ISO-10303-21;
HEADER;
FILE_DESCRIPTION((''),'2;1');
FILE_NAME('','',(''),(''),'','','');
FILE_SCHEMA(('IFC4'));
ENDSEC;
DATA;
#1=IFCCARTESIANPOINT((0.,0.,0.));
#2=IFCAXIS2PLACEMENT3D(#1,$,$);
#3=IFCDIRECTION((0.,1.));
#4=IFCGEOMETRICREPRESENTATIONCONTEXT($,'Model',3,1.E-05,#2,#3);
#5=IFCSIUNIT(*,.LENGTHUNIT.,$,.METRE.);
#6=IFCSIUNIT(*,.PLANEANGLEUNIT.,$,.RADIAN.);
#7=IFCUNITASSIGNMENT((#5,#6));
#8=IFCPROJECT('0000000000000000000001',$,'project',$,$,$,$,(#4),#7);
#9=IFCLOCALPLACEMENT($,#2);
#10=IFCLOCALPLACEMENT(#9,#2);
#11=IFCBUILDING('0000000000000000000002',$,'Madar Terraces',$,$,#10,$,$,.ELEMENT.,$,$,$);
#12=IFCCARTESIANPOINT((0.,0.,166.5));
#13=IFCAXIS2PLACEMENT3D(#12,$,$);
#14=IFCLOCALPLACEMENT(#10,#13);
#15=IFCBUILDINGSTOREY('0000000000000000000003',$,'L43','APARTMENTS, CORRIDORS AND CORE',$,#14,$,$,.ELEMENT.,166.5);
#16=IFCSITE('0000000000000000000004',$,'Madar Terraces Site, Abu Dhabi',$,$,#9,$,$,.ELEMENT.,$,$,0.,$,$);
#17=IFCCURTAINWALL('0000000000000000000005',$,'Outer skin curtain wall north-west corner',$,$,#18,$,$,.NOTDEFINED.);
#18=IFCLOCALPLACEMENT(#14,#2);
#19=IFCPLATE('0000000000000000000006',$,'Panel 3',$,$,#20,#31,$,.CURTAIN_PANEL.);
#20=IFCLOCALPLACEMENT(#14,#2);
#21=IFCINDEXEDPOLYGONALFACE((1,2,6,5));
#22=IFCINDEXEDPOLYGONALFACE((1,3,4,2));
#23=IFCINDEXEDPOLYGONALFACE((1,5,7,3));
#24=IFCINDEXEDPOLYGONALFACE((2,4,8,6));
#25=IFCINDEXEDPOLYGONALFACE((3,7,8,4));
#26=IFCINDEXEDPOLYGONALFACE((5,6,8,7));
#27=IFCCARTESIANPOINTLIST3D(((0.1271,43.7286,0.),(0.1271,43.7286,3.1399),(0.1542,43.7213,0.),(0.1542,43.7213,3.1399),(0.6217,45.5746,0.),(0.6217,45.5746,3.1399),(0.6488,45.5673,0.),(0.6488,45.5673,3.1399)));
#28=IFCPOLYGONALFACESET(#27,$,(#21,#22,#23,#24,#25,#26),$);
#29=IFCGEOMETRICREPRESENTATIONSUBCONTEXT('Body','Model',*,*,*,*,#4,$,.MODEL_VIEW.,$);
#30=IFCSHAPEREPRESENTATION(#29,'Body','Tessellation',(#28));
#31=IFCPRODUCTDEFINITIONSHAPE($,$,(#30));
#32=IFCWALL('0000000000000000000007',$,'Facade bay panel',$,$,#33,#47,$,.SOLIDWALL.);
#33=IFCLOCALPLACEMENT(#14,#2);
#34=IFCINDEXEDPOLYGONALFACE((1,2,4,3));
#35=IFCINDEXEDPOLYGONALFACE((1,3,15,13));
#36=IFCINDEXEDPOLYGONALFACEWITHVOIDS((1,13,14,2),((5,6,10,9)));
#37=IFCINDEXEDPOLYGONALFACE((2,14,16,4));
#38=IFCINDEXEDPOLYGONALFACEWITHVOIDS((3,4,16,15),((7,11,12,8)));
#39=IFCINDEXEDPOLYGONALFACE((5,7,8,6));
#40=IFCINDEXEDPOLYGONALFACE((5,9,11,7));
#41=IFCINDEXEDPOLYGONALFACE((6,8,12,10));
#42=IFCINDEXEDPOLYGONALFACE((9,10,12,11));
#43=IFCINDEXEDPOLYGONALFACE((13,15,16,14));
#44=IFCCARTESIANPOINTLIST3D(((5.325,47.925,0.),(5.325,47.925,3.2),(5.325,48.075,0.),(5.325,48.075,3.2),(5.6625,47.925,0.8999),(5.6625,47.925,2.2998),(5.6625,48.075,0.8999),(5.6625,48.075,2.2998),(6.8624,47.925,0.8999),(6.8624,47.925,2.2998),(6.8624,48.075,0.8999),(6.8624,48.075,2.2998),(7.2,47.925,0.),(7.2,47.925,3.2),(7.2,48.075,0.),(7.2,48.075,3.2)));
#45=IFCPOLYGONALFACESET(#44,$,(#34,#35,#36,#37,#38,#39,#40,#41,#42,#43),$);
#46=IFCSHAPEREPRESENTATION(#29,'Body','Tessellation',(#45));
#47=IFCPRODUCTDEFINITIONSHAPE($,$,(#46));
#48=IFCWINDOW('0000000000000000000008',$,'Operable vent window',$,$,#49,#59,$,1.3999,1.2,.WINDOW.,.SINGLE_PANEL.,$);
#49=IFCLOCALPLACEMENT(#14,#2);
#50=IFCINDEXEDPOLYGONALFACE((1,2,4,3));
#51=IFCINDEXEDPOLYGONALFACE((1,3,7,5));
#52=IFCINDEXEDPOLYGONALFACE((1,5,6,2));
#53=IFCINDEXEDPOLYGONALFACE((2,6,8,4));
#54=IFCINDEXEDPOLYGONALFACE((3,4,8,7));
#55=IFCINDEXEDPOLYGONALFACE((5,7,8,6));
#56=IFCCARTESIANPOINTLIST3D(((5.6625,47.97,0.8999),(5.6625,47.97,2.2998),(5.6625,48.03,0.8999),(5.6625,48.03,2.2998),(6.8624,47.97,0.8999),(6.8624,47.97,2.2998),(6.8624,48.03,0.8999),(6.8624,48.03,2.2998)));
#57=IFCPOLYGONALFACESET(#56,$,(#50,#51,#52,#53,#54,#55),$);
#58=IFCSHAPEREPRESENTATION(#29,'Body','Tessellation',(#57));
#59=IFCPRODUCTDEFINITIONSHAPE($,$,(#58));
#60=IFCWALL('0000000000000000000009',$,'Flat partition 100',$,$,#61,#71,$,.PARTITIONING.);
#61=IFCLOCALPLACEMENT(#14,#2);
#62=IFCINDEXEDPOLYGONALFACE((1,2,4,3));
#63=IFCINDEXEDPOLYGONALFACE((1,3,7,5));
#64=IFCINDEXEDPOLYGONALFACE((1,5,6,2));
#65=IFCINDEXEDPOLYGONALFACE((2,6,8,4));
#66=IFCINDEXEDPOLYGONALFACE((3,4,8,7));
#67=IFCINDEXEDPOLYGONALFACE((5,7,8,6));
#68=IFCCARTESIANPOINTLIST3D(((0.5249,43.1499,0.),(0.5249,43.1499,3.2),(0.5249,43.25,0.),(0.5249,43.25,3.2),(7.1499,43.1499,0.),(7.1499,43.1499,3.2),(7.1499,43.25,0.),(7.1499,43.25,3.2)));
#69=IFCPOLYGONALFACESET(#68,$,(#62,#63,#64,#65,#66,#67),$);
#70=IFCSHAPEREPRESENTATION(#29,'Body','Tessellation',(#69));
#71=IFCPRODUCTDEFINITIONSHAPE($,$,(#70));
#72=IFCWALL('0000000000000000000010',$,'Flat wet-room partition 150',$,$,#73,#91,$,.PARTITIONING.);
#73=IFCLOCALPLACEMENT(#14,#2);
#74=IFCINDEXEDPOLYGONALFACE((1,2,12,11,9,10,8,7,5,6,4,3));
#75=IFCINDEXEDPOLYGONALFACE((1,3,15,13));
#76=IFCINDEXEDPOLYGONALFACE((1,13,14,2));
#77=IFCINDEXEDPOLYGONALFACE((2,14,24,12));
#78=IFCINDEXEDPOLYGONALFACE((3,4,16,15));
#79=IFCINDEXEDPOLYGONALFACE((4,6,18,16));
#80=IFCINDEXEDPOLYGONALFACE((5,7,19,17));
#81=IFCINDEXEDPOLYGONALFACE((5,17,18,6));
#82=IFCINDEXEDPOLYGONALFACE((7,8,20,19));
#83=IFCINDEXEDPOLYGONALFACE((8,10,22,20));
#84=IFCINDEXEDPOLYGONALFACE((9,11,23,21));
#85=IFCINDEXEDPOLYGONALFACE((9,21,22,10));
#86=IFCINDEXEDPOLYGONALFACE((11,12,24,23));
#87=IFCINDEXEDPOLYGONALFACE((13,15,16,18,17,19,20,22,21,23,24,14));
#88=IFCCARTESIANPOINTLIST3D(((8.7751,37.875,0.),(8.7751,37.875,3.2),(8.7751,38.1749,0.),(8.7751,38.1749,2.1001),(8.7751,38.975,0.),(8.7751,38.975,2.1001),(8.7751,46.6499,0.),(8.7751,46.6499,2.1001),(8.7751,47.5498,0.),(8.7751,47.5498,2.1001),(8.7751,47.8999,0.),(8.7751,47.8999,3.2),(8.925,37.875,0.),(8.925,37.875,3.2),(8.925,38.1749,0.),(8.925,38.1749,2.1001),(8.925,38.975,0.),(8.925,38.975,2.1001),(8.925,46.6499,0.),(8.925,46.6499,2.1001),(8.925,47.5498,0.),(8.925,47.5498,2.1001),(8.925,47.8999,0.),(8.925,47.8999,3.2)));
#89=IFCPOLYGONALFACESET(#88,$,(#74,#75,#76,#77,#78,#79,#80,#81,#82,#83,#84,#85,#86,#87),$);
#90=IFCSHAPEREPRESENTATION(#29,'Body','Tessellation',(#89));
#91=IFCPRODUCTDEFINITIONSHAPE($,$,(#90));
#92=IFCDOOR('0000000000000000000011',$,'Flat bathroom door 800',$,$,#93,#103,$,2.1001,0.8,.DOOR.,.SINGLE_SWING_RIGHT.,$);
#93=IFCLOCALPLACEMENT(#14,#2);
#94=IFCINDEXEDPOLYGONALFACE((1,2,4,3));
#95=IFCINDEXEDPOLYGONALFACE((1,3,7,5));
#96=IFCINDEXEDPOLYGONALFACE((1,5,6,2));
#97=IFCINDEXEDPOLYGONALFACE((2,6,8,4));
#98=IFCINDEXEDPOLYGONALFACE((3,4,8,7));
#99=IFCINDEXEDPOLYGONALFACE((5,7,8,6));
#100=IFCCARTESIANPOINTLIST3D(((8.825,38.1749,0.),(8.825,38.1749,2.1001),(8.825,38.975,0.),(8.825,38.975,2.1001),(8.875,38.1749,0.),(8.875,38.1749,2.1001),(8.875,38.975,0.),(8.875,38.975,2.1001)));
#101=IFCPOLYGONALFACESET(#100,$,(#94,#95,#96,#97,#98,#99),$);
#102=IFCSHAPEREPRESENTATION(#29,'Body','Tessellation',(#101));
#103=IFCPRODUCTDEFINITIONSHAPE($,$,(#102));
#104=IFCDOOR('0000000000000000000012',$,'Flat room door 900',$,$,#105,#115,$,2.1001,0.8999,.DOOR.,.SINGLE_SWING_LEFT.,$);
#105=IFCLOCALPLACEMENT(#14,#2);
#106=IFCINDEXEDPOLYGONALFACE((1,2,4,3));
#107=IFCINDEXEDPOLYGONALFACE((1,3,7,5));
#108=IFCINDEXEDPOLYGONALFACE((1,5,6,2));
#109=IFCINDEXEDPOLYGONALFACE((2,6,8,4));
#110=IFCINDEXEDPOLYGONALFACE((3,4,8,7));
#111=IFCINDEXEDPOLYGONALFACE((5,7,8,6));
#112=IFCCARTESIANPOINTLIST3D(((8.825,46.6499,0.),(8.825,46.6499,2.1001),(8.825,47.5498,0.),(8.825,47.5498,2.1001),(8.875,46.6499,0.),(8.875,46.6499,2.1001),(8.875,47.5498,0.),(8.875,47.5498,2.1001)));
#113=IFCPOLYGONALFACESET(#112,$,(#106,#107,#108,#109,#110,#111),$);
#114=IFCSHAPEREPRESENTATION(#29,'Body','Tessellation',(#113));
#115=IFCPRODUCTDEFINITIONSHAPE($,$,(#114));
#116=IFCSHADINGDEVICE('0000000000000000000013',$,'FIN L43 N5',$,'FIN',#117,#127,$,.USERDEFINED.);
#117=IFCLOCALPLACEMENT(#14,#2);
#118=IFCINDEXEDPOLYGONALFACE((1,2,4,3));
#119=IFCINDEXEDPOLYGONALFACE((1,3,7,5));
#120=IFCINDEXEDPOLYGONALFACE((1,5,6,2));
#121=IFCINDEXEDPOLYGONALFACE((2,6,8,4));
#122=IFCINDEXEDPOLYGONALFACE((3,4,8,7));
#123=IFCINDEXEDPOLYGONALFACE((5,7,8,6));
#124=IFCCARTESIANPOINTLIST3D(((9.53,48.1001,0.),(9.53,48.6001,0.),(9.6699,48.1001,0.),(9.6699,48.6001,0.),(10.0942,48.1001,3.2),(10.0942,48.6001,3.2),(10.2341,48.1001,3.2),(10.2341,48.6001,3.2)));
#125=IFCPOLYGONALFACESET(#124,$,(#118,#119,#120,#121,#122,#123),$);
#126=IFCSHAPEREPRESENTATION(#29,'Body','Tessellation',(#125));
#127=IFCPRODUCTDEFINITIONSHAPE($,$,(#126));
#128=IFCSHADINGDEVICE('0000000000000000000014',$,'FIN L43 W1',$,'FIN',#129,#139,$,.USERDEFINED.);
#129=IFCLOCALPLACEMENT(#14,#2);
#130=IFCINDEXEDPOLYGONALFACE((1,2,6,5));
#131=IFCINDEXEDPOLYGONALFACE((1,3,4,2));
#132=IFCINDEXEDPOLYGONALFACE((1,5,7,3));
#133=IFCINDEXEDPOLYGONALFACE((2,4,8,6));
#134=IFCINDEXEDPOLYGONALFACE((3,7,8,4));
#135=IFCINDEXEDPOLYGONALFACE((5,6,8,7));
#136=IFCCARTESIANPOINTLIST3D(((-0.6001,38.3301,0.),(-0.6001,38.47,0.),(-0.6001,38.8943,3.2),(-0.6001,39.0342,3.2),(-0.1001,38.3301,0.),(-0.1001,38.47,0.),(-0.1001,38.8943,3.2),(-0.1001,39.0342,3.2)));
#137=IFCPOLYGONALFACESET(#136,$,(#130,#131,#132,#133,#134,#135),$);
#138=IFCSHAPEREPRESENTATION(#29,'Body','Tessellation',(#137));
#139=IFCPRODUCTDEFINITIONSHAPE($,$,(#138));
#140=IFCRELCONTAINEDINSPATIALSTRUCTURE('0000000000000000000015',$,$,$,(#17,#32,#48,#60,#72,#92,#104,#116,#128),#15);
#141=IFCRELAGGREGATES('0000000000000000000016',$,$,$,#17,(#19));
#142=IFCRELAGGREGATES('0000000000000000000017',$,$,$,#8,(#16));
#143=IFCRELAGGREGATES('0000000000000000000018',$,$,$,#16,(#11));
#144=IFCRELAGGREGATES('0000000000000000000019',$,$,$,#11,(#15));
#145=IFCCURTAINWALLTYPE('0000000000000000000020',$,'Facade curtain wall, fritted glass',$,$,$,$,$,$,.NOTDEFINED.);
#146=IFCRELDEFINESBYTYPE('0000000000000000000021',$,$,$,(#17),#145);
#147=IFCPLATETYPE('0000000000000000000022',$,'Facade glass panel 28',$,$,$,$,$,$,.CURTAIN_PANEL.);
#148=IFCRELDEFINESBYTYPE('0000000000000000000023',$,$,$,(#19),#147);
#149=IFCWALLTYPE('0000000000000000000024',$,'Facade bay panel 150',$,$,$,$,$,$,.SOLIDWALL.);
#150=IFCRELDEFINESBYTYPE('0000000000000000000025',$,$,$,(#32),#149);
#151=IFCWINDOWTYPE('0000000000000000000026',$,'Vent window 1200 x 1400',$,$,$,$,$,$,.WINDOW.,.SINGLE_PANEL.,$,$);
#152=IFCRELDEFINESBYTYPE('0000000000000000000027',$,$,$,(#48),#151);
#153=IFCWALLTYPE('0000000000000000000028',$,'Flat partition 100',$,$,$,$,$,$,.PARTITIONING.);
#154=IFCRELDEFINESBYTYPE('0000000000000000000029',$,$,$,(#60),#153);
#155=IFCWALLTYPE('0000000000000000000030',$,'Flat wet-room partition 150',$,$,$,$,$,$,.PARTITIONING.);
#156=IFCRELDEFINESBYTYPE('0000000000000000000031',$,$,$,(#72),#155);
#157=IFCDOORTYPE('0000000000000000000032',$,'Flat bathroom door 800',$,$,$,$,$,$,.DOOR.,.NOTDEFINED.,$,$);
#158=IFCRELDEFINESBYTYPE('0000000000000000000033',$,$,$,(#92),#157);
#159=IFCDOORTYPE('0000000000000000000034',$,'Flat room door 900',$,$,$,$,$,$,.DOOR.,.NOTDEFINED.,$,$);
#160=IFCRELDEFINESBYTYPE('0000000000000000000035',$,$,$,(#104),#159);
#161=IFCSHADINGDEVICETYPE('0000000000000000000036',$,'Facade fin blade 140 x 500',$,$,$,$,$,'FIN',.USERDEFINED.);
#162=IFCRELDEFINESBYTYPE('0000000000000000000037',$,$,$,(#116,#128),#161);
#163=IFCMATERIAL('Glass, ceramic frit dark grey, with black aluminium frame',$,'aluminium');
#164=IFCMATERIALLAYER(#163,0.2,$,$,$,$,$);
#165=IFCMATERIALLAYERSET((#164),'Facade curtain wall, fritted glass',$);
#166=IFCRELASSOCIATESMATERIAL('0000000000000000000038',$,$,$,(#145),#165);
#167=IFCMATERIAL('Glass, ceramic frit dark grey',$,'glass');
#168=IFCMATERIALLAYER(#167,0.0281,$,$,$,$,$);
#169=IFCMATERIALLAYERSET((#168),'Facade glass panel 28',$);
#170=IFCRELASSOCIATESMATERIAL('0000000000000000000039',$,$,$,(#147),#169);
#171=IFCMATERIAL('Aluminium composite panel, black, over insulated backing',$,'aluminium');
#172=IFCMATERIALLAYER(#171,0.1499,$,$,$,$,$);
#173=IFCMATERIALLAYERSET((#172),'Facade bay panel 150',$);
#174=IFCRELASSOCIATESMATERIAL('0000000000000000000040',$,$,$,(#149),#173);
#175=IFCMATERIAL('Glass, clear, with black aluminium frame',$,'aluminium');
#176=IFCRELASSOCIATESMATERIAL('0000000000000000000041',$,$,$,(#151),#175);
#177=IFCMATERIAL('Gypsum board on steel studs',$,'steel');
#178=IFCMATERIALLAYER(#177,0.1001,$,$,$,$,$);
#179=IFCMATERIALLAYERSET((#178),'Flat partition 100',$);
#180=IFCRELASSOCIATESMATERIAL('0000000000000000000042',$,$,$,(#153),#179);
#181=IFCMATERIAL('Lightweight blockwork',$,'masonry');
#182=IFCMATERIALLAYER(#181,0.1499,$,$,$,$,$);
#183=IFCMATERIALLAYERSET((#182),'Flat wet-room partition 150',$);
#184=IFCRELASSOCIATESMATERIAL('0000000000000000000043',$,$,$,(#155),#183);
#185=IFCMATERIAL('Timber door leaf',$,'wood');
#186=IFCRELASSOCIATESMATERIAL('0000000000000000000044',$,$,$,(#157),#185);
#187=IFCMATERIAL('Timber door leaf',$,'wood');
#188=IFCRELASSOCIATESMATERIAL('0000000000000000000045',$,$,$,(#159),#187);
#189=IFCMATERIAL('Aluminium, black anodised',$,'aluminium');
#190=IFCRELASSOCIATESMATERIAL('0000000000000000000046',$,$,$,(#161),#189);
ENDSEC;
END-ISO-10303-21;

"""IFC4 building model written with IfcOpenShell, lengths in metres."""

from ifc_helpers import new_model, si_unit, direction, frame, frame_2d, origin, origin_2d, place, context, subcontext, project, spatial, polyline, rectangle, outline, extrude, material, layer, layer_set, type_object, element, fill, aggregate, save


model = new_model("IFC4")

# Units and contexts
model_context = context("Model", 3, precision=1e-05, world=origin(), true_north=direction((0.0, 1.0)))
body_context = subcontext(model_context, "Body", "Model", "MODEL_VIEW")
ifc_project = project(units=[si_unit("LENGTHUNIT", "METRE"), si_unit("PLANEANGLEUNIT", "RADIAN")], contexts=[model_context])

# Site, building, storey
site_placement = place(None, origin())
site = spatial("IfcSite", under=ifc_project, at=site_placement, Name="Madar Terraces Site, Abu Dhabi", CompositionType="ELEMENT", RefElevation=0.0)
building_placement = place(site_placement, origin())
building = spatial("IfcBuilding", under=site, at=building_placement, Name="Madar Terraces", CompositionType="ELEMENT")
storey_placement = place(building_placement, frame((0.0, 0.0, 166.5)))
storey = spatial("IfcBuildingStorey", under=building, at=storey_placement, Name="L43", Description="APARTMENTS, CORRIDORS AND CORE", CompositionType="ELEMENT", Elevation=166.5)

# Shared definitions
ifc_material_1 = material(Name="Glass, ceramic frit dark grey, with black aluminium frame", Category="aluminium")
ifc_layer_1 = layer(ifc_material_1, 0.2)
ifc_layer_set_1 = layer_set([ifc_layer_1], Name="Facade curtain wall, fritted glass")
curtain_wall_type = type_object("IfcCurtainWallType", Name="Facade curtain wall, fritted glass", PredefinedType="NOTDEFINED", material=ifc_layer_set_1)

# Curtain wall
curtain_wall_1_placement = place(storey_placement, origin())
curtain_wall_1 = element("IfcCurtainWall", 1, at=curtain_wall_1_placement, inside=storey, type_object=curtain_wall_type, Name="Outer skin curtain wall north-west corner", PredefinedType="NOTDEFINED")

# Plate
ifc_material_2 = material(Name="Glass, ceramic frit dark grey", Category="glass")
ifc_layer_2 = layer(ifc_material_2, 0.0281)
ifc_layer_set_2 = layer_set([ifc_layer_2], Name="Facade glass panel 28")
plate_type = type_object("IfcPlateType", Name="Facade glass panel 28", PredefinedType="CURTAIN_PANEL", material=ifc_layer_set_2)
plate_1_placement = place(storey_placement, frame((0.3879, 44.6479, 0.0), z_axis=(0.0, 0.0, 1.0), x_axis=(-0.258819, -0.965926, 0.0)))
plate_1 = element("IfcPlate", 2, at=plate_1_placement, type_object=plate_type, Name="Panel 3", PredefinedType="CURTAIN_PANEL", context=body_context, shape_type="SweptSolid", body=[
    extrude(rectangle(XDim=1.9111, YDim=0.0281, at=origin_2d()), origin(), (0.0, 0.0, 1.0), 3.1399),
])
aggregate(curtain_wall_1, [plate_1])

# Wall, opening, window
ifc_material_3 = material(Name="Aluminium composite panel, black, over insulated backing", Category="aluminium")
ifc_layer_3 = layer(ifc_material_3, 0.1499)
ifc_layer_set_3 = layer_set([ifc_layer_3], Name="Facade bay panel 150")
wall_type_1 = type_object("IfcWallType", Name="Facade bay panel 150", PredefinedType="SOLIDWALL", material=ifc_layer_set_3)
wall_1_placement = place(storey_placement, frame((7.2, 48.0, 0.0), z_axis=(0.0, 0.0, 1.0), x_axis=(-1.0, 0.0, 0.0)))
wall_1 = element("IfcWall", 3, at=wall_1_placement, inside=storey, type_object=wall_type_1, Name="Facade bay panel", PredefinedType="SOLIDWALL", context=body_context, shape_type="SweptSolid", body=[
    extrude(rectangle(XDim=1.875, YDim=0.1499, at=frame_2d((0.9375, 0.0))), origin(), (0.0, 0.0, 1.0), 3.2),
])
opening_1_placement = place(wall_1_placement, frame((0.3374, 0.0, 0.8999)))
opening_1 = element("IfcOpeningElement", 4, at=opening_1_placement, cuts=wall_1, PredefinedType="OPENING", context=body_context, shape_type="SweptSolid", body=[
    extrude(rectangle(XDim=1.2, YDim=1.3999, at=frame_2d((0.6001, 0.7))), frame((0.0, 0.085, 0.0), z_axis=(0.0, -1.0, 0.0), x_axis=(1.0, 0.0, 0.0)), (0.0, 0.0, 1.0), 0.1699),
])
ifc_material_4 = material(Name="Glass, clear, with black aluminium frame", Category="aluminium")
window_type = type_object("IfcWindowType", Name="Vent window 1200 x 1400", PartitioningType="SINGLE_PANEL", PredefinedType="WINDOW", material=ifc_material_4)
window_placement = place(opening_1_placement, origin())
window = element("IfcWindow", 5, at=window_placement, inside=storey, type_object=window_type, Name="Operable vent window", OverallHeight=1.3999, OverallWidth=1.2, PartitioningType="SINGLE_PANEL", PredefinedType="WINDOW", context=body_context, shape_type="SweptSolid", body=[
    extrude(rectangle(XDim=1.2, YDim=1.3999, at=frame_2d((0.6001, 0.7))), frame((0.0, 0.03, 0.0), z_axis=(0.0, -1.0, 0.0), x_axis=(1.0, 0.0, 0.0)), (0.0, 0.0, 1.0), 0.0601),
])
fill(opening_1, window)

# Wall
ifc_material_5 = material(Name="Gypsum board on steel studs", Category="steel")
ifc_layer_4 = layer(ifc_material_5, 0.1001)
ifc_layer_set_4 = layer_set([ifc_layer_4], Name="Flat partition 100")
wall_type_2 = type_object("IfcWallType", Name="Flat partition 100", PredefinedType="PARTITIONING", material=ifc_layer_set_4)
wall_2_placement = place(storey_placement, frame((7.1499, 43.2, 0.0), z_axis=(0.0, 0.0, 1.0), x_axis=(-1.0, 0.0, 0.0)))
element("IfcWall", 6, at=wall_2_placement, inside=storey, type_object=wall_type_2, Name="Flat partition 100", PredefinedType="PARTITIONING", context=body_context, shape_type="SweptSolid", body=[
    extrude(rectangle(XDim=6.625, YDim=0.1001, at=frame_2d((3.3125, 0.0))), origin(), (0.0, 0.0, 1.0), 3.2),
])

# Wall, openings, doors
ifc_material_6 = material(Name="Lightweight blockwork", Category="masonry")
ifc_layer_5 = layer(ifc_material_6, 0.1499)
ifc_layer_set_5 = layer_set([ifc_layer_5], Name="Flat wet-room partition 150")
wall_type_3 = type_object("IfcWallType", Name="Flat wet-room partition 150", PredefinedType="PARTITIONING", material=ifc_layer_set_5)
wall_3_placement = place(storey_placement, frame((8.8501, 47.8999, 0.0), z_axis=(0.0, 0.0, 1.0), x_axis=(0.0, -1.0, 0.0)))
wall_3 = element("IfcWall", 7, at=wall_3_placement, inside=storey, type_object=wall_type_3, Name="Flat wet-room partition 150", PredefinedType="PARTITIONING", context=body_context, shape_type="SweptSolid", body=[
    extrude(rectangle(XDim=10.0249, YDim=0.1499, at=frame_2d((5.0125, 0.0))), origin(), (0.0, 0.0, 1.0), 3.2),
])
opening_2_placement = place(wall_3_placement, frame((8.925, 0.0, 0.0)))
opening_2 = element("IfcOpeningElement", 8, at=opening_2_placement, cuts=wall_3, PredefinedType="OPENING", context=body_context, shape_type="SweptSolid", body=[
    extrude(rectangle(XDim=0.8, YDim=2.1001, at=frame_2d((0.3999, 1.05))), frame((0.0, 0.085, 0.0), z_axis=(0.0, -1.0, 0.0), x_axis=(1.0, 0.0, 0.0)), (0.0, 0.0, 1.0), 0.1699),
])
opening_3_placement = place(wall_3_placement, frame((0.3501, 0.0, 0.0)))
opening_3 = element("IfcOpeningElement", 9, at=opening_3_placement, cuts=wall_3, PredefinedType="OPENING", context=body_context, shape_type="SweptSolid", body=[
    extrude(rectangle(XDim=0.8999, YDim=2.1001, at=frame_2d((0.45, 1.05))), frame((0.0, 0.085, 0.0), z_axis=(0.0, -1.0, 0.0), x_axis=(1.0, 0.0, 0.0)), (0.0, 0.0, 1.0), 0.1699),
])
ifc_material_7 = material(Name="Timber door leaf", Category="wood")
door_type_1 = type_object("IfcDoorType", Name="Flat bathroom door 800", OperationType="NOTDEFINED", PredefinedType="DOOR", material=ifc_material_7)
door_1_placement = place(opening_2_placement, origin())
door_1 = element("IfcDoor", 10, at=door_1_placement, inside=storey, type_object=door_type_1, Name="Flat bathroom door 800", OperationType="SINGLE_SWING_RIGHT", OverallHeight=2.1001, OverallWidth=0.8, PredefinedType="DOOR", context=body_context, shape_type="SweptSolid", body=[
    extrude(rectangle(XDim=0.8, YDim=2.1001, at=frame_2d((0.3999, 1.05))), frame((0.0, 0.0249, 0.0), z_axis=(0.0, -1.0, 0.0), x_axis=(1.0, 0.0, 0.0)), (0.0, 0.0, 1.0), 0.05),
])
fill(opening_2, door_1)
ifc_material_8 = material(Name="Timber door leaf", Category="wood")
door_type_2 = type_object("IfcDoorType", Name="Flat room door 900", OperationType="NOTDEFINED", PredefinedType="DOOR", material=ifc_material_8)
door_2_placement = place(opening_3_placement, origin())
door_2 = element("IfcDoor", 11, at=door_2_placement, inside=storey, type_object=door_type_2, Name="Flat room door 900", OperationType="SINGLE_SWING_LEFT", OverallHeight=2.1001, OverallWidth=0.8999, PredefinedType="DOOR", context=body_context, shape_type="SweptSolid", body=[
    extrude(rectangle(XDim=0.8999, YDim=2.1001, at=frame_2d((0.45, 1.05))), frame((0.0, 0.0249, 0.0), z_axis=(0.0, -1.0, 0.0), x_axis=(1.0, 0.0, 0.0)), (0.0, 0.0, 1.0), 0.05),
])
fill(opening_3, door_2)

# Shading devices
ifc_material_9 = material(Name="Aluminium, black anodised", Category="aluminium")
shading_device_type = type_object("IfcShadingDeviceType", Name="Facade fin blade 140 x 500", ElementType="FIN", PredefinedType="USERDEFINED", material=ifc_material_9)
for number, where, z_axis, x_axis, name in (
    (12, (9.6699, 48.3501, 0.0), (0.0, 0.0, 1.0), (-1.0, 0.0, 0.0), "FIN L43 N5"),
    (13, (-0.3501, 38.47, 0.0), (0.0, 0.0, 1.0), (0.0, -1.0, 0.0), "FIN L43 W1"),
):
    element("IfcShadingDevice", number, at=place(storey_placement, frame(where, z_axis=z_axis, x_axis=x_axis)), inside=storey, type_object=shading_device_type, Name=name, ObjectType="FIN", PredefinedType="USERDEFINED", context=body_context, shape_type="SweptSolid", body=[
        extrude(outline(polyline([(0.0, 0.0), (0.1399, 0.0), (-0.4243, 3.2), (-0.5642, 3.2), (0.0, 0.0)])), frame((0.0, 0.25, 0.0), z_axis=(0.0, -1.0, 0.0), x_axis=(1.0, 0.0, 0.0)), (0.0, 0.0, 1.0), 0.5),
    ])

save(model, "model.ifc")
